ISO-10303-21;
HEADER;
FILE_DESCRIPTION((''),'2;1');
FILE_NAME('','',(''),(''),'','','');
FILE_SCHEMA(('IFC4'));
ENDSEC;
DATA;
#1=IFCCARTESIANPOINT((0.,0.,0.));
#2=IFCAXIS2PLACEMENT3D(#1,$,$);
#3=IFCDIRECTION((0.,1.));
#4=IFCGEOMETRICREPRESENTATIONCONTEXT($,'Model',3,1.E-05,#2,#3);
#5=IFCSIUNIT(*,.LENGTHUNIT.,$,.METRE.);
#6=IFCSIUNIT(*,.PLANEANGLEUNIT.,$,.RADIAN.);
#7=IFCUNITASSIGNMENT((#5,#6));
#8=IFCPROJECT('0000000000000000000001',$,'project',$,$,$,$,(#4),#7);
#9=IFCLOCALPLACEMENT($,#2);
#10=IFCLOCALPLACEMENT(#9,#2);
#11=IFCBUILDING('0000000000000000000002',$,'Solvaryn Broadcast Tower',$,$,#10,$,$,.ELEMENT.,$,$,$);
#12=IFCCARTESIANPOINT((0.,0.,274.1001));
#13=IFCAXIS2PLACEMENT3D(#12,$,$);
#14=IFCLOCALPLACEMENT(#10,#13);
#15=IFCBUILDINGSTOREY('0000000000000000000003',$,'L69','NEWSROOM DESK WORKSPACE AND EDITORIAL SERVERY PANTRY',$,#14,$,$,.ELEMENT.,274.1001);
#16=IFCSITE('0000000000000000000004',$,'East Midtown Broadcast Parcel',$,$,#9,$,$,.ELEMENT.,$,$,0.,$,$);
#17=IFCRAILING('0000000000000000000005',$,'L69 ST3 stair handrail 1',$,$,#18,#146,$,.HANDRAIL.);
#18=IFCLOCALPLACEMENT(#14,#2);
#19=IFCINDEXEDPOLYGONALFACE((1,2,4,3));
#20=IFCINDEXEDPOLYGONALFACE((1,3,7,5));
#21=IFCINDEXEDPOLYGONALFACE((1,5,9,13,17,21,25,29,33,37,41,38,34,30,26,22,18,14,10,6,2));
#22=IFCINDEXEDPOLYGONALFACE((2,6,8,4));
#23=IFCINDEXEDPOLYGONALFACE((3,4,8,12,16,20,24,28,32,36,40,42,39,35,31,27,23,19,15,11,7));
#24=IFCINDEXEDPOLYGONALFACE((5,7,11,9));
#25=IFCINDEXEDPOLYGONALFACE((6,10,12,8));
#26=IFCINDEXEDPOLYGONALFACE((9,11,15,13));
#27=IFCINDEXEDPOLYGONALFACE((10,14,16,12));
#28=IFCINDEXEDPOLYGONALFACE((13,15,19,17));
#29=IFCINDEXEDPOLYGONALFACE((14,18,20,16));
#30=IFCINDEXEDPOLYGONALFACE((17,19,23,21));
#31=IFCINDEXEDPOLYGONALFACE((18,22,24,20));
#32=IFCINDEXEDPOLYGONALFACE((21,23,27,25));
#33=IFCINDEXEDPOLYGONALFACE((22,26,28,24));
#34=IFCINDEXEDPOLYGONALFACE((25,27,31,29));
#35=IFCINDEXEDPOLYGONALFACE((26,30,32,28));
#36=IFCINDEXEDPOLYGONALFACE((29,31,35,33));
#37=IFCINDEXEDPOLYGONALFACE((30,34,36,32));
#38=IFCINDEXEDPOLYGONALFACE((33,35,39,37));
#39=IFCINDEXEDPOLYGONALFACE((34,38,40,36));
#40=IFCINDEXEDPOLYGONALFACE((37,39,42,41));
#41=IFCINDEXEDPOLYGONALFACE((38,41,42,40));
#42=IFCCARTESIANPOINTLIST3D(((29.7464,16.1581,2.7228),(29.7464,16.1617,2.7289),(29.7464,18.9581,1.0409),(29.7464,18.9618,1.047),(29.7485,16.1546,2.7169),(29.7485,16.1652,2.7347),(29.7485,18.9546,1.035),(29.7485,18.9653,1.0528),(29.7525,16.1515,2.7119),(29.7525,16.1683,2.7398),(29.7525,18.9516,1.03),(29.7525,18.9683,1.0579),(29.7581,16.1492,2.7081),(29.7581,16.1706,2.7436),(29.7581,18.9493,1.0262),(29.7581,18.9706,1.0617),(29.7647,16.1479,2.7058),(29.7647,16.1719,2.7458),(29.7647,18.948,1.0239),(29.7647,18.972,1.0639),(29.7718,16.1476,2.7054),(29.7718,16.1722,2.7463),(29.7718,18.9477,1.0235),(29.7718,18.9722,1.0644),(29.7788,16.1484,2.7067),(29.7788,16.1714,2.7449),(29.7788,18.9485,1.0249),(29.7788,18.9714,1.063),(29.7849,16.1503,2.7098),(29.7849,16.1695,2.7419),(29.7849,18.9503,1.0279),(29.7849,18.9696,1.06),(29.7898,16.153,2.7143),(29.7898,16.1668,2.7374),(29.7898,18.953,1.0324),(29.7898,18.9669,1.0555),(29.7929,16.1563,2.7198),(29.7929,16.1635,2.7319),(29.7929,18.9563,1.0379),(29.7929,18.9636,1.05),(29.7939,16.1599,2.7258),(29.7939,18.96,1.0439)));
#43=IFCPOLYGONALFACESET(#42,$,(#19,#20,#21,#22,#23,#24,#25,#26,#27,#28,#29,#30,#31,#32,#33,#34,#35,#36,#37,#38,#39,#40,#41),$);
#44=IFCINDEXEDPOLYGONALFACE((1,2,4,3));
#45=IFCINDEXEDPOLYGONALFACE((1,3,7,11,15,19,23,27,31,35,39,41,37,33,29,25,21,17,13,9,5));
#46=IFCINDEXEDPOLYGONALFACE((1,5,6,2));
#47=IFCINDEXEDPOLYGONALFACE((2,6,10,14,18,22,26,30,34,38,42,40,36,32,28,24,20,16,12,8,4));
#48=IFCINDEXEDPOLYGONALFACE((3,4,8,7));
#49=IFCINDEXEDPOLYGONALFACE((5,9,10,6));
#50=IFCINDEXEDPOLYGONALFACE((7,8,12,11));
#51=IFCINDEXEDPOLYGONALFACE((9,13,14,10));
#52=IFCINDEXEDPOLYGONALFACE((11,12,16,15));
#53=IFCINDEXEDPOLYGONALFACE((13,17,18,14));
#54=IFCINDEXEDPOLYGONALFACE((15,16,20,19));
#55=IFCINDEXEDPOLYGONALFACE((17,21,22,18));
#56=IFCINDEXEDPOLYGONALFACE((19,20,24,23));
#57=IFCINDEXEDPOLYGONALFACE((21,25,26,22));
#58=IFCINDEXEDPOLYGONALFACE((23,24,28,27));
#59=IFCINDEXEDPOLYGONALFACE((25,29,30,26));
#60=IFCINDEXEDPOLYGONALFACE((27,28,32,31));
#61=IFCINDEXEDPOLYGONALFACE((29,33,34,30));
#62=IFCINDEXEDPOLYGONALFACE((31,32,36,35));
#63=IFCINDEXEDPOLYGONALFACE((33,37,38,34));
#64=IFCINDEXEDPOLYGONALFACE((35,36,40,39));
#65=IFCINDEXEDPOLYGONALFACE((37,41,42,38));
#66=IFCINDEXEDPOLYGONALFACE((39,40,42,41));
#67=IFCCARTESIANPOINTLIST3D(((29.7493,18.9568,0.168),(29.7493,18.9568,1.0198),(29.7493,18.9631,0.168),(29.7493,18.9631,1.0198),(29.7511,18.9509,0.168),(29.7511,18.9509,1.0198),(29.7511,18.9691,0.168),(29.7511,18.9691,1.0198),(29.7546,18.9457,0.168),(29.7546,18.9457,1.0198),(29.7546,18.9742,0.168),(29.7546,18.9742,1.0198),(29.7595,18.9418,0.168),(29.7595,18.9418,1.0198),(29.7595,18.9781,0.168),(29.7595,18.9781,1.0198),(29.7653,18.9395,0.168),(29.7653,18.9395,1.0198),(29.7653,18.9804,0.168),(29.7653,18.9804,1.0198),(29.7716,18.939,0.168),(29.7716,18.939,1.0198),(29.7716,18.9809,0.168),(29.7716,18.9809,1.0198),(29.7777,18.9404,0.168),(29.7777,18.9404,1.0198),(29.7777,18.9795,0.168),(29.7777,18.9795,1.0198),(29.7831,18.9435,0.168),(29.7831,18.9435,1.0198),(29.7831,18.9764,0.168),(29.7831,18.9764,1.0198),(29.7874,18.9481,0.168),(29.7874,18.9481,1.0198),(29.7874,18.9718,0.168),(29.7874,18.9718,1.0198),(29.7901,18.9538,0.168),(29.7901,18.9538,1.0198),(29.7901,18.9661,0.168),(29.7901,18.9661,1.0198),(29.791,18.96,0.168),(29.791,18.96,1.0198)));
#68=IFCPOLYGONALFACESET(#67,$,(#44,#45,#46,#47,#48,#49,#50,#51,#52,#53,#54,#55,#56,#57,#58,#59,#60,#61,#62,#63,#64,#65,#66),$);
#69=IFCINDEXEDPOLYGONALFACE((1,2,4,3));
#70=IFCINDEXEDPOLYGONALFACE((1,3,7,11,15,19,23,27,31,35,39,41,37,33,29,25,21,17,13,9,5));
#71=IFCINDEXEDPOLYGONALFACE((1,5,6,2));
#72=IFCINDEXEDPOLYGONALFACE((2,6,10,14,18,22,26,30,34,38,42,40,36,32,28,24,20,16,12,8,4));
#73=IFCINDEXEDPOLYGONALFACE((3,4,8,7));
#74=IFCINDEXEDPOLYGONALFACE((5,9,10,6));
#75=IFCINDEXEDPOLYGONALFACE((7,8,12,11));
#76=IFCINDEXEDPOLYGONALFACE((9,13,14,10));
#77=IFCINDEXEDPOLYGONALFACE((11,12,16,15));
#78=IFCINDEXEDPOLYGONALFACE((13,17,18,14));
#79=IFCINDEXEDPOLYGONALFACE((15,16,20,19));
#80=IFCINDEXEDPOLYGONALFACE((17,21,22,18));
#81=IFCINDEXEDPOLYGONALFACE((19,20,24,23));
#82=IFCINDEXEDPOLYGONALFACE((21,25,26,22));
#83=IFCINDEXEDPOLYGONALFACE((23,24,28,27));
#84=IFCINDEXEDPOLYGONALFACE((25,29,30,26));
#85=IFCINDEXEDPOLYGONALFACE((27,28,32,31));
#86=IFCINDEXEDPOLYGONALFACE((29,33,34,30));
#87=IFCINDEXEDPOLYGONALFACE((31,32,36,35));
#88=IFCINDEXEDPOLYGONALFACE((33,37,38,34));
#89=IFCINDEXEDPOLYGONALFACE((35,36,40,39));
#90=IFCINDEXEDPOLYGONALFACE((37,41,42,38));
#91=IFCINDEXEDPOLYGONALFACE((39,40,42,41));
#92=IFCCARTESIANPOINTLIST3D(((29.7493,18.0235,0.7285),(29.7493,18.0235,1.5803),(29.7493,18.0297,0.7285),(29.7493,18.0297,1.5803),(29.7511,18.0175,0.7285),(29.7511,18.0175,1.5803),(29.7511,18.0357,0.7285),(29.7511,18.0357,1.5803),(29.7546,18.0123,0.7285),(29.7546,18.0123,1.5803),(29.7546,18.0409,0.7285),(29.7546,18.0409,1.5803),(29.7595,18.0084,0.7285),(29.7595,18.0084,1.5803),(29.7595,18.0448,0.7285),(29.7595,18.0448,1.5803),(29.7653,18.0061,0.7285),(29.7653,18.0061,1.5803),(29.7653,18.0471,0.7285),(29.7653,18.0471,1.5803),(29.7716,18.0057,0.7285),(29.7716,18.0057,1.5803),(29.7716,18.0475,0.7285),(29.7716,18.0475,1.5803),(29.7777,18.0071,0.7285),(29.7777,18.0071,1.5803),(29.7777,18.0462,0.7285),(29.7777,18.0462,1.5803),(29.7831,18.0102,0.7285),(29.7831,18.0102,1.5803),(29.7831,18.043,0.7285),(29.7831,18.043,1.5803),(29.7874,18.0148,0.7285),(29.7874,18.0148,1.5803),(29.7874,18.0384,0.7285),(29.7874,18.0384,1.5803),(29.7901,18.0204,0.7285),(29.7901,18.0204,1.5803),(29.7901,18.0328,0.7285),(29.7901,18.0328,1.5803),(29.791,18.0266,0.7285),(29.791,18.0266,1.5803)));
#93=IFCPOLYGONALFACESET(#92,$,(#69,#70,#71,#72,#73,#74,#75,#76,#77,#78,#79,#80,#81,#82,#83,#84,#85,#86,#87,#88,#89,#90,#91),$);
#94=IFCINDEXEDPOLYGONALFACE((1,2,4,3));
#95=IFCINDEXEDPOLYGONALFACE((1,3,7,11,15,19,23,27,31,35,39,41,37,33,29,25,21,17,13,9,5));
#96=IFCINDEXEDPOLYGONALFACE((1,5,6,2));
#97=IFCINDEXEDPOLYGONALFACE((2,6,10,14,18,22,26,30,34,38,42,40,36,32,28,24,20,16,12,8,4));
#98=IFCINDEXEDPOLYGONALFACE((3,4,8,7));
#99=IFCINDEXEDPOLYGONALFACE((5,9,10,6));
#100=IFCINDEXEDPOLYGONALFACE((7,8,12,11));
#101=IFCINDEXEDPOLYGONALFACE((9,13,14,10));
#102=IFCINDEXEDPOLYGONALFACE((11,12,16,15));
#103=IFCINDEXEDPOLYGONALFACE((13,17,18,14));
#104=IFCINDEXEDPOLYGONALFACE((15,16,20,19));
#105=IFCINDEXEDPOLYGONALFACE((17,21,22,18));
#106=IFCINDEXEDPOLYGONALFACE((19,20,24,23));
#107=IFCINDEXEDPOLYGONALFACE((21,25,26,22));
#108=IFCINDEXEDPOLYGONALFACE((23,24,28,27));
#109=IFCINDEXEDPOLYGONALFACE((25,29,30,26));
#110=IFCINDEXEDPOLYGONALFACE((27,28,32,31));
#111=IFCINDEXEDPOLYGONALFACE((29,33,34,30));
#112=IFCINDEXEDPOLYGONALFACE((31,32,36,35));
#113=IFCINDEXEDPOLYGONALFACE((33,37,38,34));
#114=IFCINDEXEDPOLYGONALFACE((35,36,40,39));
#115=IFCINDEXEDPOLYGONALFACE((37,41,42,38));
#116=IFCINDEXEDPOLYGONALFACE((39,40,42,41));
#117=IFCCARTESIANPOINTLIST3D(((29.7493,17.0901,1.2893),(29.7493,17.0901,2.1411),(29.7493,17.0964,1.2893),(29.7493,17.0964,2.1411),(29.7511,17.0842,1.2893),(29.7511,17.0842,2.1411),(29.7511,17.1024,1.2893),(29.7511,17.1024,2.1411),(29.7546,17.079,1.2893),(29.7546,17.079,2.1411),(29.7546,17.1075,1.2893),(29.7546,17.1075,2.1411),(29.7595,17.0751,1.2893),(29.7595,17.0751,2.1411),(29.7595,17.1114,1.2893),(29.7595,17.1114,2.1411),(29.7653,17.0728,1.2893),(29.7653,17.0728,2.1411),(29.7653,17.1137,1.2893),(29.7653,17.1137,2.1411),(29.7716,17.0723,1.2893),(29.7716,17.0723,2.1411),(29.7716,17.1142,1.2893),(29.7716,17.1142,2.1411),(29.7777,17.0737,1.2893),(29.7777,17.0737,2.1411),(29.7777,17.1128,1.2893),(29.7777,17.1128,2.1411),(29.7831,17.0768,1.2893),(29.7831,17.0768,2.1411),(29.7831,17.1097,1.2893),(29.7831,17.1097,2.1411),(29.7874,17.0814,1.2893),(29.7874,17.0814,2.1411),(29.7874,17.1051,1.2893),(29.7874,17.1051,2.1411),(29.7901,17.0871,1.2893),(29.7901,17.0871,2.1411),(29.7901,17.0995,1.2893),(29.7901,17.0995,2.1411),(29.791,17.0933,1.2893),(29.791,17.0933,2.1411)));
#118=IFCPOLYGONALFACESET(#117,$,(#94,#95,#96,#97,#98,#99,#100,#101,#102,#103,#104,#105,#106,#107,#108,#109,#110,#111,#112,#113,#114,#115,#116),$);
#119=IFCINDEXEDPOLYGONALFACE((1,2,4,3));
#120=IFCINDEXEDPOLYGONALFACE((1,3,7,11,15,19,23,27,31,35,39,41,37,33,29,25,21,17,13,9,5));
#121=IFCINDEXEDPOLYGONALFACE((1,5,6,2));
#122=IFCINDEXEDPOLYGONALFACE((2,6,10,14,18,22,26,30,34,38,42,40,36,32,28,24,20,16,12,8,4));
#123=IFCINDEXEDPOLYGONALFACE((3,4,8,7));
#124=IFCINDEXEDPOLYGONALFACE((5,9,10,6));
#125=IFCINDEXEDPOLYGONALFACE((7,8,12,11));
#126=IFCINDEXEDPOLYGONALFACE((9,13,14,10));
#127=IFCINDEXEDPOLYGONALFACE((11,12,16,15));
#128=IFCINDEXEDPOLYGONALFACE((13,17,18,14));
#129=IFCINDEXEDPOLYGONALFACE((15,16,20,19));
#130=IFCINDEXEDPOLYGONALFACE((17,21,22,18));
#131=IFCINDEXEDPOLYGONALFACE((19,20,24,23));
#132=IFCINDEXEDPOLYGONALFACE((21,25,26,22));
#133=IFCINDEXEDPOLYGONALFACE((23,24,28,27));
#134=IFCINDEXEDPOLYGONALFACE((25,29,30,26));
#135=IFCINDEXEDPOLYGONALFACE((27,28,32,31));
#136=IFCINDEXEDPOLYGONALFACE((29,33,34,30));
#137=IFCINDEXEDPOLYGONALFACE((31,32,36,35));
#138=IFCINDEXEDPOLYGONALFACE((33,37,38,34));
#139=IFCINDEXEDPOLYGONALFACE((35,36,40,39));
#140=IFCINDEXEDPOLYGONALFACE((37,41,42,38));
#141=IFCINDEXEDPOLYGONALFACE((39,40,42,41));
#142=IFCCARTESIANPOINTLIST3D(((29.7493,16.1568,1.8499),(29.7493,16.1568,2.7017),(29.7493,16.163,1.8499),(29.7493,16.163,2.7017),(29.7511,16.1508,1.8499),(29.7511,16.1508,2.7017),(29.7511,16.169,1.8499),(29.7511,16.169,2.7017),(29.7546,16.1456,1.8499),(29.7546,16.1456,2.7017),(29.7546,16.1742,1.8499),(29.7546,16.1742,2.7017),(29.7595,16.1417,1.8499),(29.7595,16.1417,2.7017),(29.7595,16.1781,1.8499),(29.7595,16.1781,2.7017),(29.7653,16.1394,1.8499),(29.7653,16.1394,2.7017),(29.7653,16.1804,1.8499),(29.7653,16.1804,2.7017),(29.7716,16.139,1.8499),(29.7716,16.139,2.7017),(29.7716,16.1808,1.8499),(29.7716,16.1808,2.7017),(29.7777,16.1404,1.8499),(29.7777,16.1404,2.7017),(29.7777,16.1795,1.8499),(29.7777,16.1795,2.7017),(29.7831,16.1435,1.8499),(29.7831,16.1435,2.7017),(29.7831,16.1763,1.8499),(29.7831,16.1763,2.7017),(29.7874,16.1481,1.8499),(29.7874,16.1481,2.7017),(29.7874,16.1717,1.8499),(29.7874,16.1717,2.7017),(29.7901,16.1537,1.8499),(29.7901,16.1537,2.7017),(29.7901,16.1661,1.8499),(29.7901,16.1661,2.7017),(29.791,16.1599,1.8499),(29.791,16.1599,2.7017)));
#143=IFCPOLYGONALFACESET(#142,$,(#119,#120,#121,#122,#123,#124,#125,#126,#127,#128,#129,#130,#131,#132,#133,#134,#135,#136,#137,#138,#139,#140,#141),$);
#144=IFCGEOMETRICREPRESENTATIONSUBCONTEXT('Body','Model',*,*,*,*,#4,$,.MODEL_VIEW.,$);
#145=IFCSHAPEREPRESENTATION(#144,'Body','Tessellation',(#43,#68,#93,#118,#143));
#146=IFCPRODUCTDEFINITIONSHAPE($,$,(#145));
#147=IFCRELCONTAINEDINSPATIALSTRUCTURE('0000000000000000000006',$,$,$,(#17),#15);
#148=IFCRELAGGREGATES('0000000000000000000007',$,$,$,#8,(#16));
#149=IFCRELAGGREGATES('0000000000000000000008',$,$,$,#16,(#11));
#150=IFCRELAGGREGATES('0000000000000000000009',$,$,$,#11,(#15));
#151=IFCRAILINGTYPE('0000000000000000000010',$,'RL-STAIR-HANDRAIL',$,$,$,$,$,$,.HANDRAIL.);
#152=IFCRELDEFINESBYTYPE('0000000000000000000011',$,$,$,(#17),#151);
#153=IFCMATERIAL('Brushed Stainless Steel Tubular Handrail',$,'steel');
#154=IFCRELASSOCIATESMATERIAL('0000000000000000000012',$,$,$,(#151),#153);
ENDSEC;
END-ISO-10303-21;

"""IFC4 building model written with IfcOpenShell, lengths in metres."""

from ifc_helpers import new_model, si_unit, direction, frame, origin, origin_2d, place, context, subcontext, project, spatial, circle, extrude, material, type_object, element, save


model = new_model("IFC4")

# Units and contexts
model_context = context("Model", 3, precision=1e-05, world=origin(), true_north=direction((0.0, 1.0)))
body_context = subcontext(model_context, "Body", "Model", "MODEL_VIEW")
ifc_project = project(units=[si_unit("LENGTHUNIT", "METRE"), si_unit("PLANEANGLEUNIT", "RADIAN")], contexts=[model_context])

# Site, building, storey
site_placement = place(None, origin())
site = spatial("IfcSite", under=ifc_project, at=site_placement, Name="East Midtown Broadcast Parcel", CompositionType="ELEMENT", RefElevation=0.0)
building_placement = place(site_placement, origin())
building = spatial("IfcBuilding", under=site, at=building_placement, Name="Solvaryn Broadcast Tower", CompositionType="ELEMENT")
storey_placement = place(building_placement, frame((0.0, 0.0, 274.1001)))
storey = spatial("IfcBuildingStorey", under=building, at=storey_placement, Name="L69", Description="NEWSROOM DESK WORKSPACE AND EDITORIAL SERVERY PANTRY", CompositionType="ELEMENT", Elevation=274.1001)

# Railing
ifc_material_1 = material(Name="Brushed Stainless Steel Tubular Handrail", Category="steel")
railing_type_1 = type_object("IfcRailingType", Name="RL-STAIR-HANDRAIL", PredefinedType="HANDRAIL", material=ifc_material_1)
railing_1_placement = place(storey_placement, frame((29.77, 18.96, 0.168)))
element("IfcRailing", 1, at=railing_1_placement, inside=storey, type_object=railing_type_1, Name="L69 ST3 stair handrail 1", PredefinedType="HANDRAIL", context=body_context, shape_type="SweptSolid", body=[
    extrude(circle(Radius=0.0239, at=origin_2d()), frame((0.0, 0.0, 0.876), z_axis=(0.0, -0.857242, 0.514913), x_axis=(1.0, 0.0, 0.0)), (0.0, 0.0, 1.0), 3.2664),
    extrude(circle(Radius=0.021, at=origin_2d()), origin(), (0.0, 0.0, 1.0), 0.8518),
    extrude(circle(Radius=0.021, at=origin_2d()), frame((0.0, -0.9333, 0.5605)), (0.0, 0.0, 1.0), 0.8518),
    extrude(circle(Radius=0.021, at=origin_2d()), frame((0.0, -1.8667, 1.1213)), (0.0, 0.0, 1.0), 0.8518),
    extrude(circle(Radius=0.021, at=origin_2d()), frame((0.0, -2.8, 1.6819)), (0.0, 0.0, 1.0), 0.8518),
])

save(model, "model.ifc")
